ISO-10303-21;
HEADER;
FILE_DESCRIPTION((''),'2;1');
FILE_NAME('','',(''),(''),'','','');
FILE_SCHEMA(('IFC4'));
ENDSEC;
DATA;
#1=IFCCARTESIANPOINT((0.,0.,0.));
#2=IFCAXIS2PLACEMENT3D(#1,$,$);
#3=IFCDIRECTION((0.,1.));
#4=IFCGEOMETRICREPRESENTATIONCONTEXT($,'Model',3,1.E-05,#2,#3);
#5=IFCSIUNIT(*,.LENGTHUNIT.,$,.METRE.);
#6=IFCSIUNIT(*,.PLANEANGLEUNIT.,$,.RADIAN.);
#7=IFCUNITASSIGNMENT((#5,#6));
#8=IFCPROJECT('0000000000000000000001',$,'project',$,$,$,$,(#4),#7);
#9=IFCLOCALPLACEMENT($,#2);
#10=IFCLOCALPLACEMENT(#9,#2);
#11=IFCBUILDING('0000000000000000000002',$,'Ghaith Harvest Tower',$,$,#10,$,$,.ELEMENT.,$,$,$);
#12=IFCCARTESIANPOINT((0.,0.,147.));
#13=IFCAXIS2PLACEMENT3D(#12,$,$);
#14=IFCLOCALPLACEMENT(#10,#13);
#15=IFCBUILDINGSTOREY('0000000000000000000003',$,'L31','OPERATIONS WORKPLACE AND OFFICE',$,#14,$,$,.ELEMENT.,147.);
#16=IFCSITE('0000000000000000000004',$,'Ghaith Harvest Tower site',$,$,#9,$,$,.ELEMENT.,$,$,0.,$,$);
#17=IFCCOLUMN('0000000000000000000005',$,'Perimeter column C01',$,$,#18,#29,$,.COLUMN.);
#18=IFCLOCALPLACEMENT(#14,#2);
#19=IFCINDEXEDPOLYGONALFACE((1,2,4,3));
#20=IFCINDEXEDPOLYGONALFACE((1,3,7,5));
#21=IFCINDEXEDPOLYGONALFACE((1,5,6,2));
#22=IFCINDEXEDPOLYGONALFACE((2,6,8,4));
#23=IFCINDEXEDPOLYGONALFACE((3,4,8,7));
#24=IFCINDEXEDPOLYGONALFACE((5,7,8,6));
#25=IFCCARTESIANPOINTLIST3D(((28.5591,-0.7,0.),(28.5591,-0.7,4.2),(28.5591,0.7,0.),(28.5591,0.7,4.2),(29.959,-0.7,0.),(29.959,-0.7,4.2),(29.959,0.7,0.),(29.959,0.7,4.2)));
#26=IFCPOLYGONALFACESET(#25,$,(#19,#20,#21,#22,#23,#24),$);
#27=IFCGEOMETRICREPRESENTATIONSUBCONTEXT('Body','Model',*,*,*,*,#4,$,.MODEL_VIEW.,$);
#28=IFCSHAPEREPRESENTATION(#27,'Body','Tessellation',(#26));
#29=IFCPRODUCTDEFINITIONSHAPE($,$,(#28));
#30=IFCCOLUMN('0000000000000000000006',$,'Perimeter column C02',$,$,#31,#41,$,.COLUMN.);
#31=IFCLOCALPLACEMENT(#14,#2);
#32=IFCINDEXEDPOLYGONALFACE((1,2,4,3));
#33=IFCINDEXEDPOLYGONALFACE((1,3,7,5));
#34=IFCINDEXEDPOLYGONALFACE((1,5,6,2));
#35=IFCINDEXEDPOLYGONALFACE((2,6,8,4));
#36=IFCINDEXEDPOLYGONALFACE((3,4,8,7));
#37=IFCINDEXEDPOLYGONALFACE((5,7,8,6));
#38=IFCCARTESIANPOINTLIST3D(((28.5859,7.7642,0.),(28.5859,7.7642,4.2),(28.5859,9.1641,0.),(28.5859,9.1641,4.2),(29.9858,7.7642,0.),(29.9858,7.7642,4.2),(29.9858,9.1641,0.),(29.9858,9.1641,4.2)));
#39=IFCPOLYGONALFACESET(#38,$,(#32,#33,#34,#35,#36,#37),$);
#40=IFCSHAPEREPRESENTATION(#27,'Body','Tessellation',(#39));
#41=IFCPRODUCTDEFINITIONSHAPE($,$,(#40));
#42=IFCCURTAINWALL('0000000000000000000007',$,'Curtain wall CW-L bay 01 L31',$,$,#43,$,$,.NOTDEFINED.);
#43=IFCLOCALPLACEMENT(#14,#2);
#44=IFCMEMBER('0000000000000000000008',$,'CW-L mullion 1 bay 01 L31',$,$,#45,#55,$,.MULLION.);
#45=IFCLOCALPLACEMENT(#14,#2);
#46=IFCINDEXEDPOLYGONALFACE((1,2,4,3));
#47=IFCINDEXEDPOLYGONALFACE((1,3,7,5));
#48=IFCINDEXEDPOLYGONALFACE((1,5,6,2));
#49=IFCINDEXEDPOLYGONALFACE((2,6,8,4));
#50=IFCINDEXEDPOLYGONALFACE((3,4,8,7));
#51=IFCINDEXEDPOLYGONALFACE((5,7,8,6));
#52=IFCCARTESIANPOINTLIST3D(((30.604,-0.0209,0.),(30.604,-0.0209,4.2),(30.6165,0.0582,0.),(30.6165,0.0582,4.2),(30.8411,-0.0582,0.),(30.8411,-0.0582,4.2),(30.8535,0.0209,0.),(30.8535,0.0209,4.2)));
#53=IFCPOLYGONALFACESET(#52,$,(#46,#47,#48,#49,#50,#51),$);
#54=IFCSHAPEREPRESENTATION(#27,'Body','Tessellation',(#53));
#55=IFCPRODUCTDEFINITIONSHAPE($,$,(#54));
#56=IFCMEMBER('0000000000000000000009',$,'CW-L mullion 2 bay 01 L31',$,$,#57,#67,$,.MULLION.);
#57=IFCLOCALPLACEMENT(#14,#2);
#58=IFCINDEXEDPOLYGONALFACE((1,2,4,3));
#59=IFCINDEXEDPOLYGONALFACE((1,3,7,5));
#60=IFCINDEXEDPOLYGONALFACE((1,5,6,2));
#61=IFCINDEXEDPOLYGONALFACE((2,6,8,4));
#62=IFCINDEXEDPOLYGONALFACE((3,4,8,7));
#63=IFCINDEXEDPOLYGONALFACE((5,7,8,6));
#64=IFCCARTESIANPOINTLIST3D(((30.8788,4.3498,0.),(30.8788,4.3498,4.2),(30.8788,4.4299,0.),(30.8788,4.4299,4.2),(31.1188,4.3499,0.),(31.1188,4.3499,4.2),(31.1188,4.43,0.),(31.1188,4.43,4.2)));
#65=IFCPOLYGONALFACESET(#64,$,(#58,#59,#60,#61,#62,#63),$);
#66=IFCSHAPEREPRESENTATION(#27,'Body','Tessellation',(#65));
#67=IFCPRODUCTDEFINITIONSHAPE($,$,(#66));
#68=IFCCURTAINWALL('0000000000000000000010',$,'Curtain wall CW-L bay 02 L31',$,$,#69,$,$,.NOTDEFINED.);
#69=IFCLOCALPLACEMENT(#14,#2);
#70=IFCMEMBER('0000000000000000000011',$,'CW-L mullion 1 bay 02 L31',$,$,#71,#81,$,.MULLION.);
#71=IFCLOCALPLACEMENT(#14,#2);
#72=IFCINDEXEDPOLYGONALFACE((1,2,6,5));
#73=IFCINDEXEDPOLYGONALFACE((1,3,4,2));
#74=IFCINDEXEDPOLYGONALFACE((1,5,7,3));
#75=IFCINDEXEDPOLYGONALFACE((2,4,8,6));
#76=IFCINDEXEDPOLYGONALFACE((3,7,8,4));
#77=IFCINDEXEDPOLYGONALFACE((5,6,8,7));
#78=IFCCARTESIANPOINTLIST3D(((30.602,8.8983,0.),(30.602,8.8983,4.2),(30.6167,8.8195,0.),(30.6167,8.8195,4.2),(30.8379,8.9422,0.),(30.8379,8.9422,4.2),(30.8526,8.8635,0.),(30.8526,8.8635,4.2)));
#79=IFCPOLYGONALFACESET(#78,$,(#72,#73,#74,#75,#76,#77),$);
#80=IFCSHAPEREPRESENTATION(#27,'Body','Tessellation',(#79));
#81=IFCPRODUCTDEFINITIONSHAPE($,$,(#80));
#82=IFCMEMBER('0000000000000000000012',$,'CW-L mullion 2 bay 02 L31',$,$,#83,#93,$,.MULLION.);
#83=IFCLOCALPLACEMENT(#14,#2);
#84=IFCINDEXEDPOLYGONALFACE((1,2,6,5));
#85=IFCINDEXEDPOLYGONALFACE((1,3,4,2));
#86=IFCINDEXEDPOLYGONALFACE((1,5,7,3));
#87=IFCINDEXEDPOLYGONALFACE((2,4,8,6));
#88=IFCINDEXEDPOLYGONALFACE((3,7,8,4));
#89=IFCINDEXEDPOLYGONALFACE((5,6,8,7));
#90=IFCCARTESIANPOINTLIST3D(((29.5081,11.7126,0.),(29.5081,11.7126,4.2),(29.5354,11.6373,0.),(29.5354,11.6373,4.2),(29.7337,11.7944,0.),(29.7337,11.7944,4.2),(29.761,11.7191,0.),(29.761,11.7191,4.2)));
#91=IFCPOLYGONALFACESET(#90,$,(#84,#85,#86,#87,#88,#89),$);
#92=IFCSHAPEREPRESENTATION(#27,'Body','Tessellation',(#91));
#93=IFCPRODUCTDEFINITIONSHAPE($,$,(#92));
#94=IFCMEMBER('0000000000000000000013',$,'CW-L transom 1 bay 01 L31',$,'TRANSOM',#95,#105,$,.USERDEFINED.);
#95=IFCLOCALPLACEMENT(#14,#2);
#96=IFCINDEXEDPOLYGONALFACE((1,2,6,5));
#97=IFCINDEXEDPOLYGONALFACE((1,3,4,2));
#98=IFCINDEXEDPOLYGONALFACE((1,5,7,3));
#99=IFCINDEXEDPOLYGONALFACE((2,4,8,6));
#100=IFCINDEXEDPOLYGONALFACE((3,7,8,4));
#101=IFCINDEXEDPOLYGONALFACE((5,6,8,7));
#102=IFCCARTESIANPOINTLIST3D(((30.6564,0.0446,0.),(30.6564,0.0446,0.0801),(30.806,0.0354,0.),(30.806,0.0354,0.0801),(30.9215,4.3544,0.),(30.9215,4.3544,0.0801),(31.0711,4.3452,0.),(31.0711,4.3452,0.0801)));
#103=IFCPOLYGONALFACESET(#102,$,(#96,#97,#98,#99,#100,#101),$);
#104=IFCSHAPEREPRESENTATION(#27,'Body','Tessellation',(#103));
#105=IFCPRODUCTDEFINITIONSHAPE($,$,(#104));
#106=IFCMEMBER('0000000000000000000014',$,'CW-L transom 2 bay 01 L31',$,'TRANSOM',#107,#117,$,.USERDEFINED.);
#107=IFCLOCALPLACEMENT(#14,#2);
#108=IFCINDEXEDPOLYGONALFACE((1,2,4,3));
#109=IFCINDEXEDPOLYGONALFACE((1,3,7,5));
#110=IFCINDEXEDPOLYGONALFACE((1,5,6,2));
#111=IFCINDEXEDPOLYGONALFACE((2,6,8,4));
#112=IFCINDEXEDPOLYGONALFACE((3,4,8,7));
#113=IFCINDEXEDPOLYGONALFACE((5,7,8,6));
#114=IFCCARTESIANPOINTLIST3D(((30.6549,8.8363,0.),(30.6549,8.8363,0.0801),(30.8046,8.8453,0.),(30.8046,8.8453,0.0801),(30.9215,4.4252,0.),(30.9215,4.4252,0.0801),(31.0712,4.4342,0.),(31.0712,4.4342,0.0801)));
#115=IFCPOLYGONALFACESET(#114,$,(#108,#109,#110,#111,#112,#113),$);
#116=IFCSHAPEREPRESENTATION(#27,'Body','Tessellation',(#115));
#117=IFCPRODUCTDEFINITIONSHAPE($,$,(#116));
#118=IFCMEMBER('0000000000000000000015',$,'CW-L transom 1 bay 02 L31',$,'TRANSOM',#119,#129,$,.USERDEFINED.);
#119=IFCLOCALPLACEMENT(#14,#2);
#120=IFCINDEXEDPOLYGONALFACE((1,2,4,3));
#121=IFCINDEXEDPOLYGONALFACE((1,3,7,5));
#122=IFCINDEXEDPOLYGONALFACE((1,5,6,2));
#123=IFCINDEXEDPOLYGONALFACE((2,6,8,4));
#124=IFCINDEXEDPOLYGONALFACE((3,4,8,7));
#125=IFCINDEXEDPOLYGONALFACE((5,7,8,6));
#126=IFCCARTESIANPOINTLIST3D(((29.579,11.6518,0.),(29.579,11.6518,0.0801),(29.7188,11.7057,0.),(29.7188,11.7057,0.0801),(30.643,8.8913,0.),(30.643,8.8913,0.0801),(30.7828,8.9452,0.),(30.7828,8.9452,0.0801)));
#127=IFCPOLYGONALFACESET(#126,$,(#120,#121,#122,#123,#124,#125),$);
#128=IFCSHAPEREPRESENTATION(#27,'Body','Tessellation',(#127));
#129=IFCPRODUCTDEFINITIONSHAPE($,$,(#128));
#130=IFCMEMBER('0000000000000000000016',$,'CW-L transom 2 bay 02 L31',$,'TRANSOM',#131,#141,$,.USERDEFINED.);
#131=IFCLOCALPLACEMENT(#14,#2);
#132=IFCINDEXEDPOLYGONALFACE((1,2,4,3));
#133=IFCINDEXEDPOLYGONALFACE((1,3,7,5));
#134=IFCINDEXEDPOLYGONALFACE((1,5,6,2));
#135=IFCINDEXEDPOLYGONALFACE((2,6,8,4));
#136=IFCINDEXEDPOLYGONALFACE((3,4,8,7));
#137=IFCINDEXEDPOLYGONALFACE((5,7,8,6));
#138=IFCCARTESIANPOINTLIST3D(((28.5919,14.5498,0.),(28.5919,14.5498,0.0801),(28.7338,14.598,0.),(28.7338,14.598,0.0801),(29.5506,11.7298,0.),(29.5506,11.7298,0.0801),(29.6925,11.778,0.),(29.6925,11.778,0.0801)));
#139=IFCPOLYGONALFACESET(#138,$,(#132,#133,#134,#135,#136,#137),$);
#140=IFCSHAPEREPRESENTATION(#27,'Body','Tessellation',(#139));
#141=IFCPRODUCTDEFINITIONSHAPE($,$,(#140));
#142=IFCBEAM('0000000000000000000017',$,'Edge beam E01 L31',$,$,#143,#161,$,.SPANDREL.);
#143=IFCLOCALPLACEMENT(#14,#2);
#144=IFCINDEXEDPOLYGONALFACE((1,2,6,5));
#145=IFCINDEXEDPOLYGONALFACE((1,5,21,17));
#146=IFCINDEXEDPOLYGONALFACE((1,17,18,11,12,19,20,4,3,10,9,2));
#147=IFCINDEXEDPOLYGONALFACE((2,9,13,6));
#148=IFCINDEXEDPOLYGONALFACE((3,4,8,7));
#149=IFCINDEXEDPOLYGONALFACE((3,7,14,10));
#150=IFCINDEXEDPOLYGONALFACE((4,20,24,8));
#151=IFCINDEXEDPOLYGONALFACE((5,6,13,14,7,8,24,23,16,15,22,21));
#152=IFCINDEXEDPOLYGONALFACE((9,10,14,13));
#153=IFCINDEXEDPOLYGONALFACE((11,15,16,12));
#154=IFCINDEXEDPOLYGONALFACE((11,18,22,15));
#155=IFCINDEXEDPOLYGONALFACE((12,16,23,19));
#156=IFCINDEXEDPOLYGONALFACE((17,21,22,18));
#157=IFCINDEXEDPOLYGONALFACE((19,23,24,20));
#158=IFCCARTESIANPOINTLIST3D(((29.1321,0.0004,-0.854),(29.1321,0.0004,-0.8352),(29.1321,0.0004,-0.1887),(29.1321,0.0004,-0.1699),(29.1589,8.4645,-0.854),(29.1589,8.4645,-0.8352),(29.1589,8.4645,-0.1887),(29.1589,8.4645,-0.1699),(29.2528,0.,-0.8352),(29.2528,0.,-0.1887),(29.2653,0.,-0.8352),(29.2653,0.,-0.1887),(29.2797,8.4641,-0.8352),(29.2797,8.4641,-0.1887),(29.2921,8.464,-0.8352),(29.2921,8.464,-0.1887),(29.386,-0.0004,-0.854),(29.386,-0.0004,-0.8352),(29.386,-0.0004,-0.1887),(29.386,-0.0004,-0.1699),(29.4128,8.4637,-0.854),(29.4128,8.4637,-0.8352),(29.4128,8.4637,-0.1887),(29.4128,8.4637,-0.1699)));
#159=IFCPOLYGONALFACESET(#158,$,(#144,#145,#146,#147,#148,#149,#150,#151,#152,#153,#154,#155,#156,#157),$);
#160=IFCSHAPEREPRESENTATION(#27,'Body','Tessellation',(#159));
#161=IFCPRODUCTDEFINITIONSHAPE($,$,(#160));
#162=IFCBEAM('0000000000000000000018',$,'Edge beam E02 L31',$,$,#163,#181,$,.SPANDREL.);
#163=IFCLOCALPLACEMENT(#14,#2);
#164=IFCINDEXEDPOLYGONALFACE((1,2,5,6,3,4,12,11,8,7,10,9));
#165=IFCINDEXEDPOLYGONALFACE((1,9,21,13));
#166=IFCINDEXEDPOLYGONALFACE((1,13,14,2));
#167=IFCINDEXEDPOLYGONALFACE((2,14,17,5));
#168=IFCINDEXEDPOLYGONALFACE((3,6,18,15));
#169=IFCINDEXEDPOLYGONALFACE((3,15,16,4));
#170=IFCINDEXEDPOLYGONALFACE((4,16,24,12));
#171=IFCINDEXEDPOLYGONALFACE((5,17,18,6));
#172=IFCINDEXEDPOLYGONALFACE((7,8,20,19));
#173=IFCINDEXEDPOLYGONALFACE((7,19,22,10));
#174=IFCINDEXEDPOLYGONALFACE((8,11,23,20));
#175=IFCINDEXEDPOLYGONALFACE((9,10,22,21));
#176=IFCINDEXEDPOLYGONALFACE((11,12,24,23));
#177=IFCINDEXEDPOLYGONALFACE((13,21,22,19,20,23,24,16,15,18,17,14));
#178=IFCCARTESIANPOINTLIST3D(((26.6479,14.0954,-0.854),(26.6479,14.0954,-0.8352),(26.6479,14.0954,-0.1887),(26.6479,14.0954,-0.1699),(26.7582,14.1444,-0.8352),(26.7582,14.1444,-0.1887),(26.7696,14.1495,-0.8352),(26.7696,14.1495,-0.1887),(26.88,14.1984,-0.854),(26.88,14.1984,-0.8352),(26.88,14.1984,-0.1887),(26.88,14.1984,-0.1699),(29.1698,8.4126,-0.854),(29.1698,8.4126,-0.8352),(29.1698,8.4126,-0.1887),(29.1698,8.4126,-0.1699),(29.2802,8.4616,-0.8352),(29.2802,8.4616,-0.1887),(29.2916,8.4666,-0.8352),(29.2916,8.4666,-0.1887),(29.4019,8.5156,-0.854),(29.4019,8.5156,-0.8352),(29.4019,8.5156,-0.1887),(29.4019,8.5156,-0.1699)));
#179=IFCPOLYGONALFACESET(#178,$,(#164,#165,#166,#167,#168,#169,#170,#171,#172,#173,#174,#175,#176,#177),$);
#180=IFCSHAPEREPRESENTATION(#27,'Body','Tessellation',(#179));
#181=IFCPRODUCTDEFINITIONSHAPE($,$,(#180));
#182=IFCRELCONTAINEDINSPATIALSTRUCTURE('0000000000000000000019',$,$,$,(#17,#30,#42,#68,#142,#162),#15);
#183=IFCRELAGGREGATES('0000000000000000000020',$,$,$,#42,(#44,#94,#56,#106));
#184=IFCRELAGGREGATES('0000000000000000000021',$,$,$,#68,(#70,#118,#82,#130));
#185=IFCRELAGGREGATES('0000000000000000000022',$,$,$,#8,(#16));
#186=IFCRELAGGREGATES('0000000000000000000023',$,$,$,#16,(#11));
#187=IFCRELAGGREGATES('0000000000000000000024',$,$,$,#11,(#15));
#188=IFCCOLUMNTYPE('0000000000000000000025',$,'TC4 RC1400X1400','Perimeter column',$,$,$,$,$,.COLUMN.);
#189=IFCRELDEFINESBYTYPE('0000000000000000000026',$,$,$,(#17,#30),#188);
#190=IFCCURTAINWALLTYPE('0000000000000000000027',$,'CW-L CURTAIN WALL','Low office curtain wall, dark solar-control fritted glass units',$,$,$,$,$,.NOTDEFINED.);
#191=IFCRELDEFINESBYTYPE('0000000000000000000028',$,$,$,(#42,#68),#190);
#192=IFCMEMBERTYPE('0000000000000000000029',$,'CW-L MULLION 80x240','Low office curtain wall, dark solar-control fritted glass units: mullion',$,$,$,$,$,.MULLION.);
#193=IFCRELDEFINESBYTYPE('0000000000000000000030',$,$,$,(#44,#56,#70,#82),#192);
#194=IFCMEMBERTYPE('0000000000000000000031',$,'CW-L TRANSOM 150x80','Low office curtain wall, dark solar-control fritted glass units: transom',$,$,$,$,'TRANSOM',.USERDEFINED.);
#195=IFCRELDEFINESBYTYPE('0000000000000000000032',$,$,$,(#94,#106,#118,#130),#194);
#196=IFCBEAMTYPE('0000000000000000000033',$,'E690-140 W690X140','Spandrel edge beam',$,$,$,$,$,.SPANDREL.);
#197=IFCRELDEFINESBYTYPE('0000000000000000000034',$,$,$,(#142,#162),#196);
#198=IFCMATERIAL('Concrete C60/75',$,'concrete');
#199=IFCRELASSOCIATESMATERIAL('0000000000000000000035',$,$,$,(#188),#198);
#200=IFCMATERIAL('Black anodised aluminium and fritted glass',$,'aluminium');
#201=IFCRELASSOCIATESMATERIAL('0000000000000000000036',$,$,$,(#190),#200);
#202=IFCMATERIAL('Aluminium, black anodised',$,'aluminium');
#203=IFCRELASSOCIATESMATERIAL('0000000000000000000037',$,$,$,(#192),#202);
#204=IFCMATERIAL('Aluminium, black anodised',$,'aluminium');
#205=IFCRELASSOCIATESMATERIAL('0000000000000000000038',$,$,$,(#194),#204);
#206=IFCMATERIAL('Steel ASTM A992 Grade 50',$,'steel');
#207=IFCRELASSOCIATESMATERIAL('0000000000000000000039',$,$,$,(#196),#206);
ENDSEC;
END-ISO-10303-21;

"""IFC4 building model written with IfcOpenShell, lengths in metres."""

from ifc_helpers import new_model, si_unit, direction, frame, origin, origin_2d, place, context, subcontext, project, spatial, rectangle, i_section, extrude, material, material_profile, profile_set, type_object, element, aggregate, save


model = new_model("IFC4")

# Units and contexts
model_context = context("Model", 3, precision=1e-05, world=origin(), true_north=direction((0.0, 1.0)))
body_context = subcontext(model_context, "Body", "Model", "MODEL_VIEW")
ifc_project = project(units=[si_unit("LENGTHUNIT", "METRE"), si_unit("PLANEANGLEUNIT", "RADIAN")], contexts=[model_context])

# Site, building, storey
site_placement = place(None, origin())
site = spatial("IfcSite", under=ifc_project, at=site_placement, Name="Ghaith Harvest Tower site", CompositionType="ELEMENT", RefElevation=0.0)
building_placement = place(site_placement, origin())
building = spatial("IfcBuilding", under=site, at=building_placement, Name="Ghaith Harvest Tower", CompositionType="ELEMENT")
storey_placement = place(building_placement, frame((0.0, 0.0, 147.0)))
storey = spatial("IfcBuildingStorey", under=building, at=storey_placement, Name="L31", Description="OPERATIONS WORKPLACE AND OFFICE", CompositionType="ELEMENT", Elevation=147.0)

# Columns
ifc_material_1 = material(Name="Concrete C60/75", Category="concrete")
ifc_material_profile_1 = material_profile(ifc_material_1, rectangle(XDim=1.3999, YDim=1.3999, at=origin_2d()), Name="RC1400X1400")
ifc_profile_set_1 = profile_set([ifc_material_profile_1], Name="Concrete C60/75")
column_type = type_object("IfcColumnType", Name="TC4 RC1400X1400", Description="Perimeter column", PredefinedType="COLUMN", material=ifc_profile_set_1)
for number, where, z_axis, x_axis, name in (
    (1, (29.259, 0.0, 0.0), (0.0, 0.0, 1.0), (1.0, 0.0, 0.0), "Perimeter column C01"),
    (2, (29.2859, 8.4641, 0.0), (0.0, 0.0, 1.0), (1.0, 0.0, 0.0), "Perimeter column C02"),
):
    element("IfcColumn", number, at=place(storey_placement, frame(where, z_axis=z_axis, x_axis=x_axis)), inside=storey, type_object=column_type, Name=name, PredefinedType="COLUMN", context=body_context, shape_type="SweptSolid", body=[
        extrude(rectangle(XDim=1.3999, YDim=1.3999, at=origin_2d()), origin(), (0.0, 0.0, 1.0), 4.2),
    ])

# Curtain walls, members
ifc_material_2 = material(Name="Black anodised aluminium and fritted glass", Category="aluminium")
curtain_wall_type = type_object("IfcCurtainWallType", Name="CW-L CURTAIN WALL", Description="Low office curtain wall, dark solar-control fritted glass units", PredefinedType="NOTDEFINED", material=ifc_material_2)
curtain_wall_1_placement = place(storey_placement, origin())
curtain_wall_1 = element("IfcCurtainWall", 3, at=curtain_wall_1_placement, inside=storey, type_object=curtain_wall_type, Name="Curtain wall CW-L bay 01 L31", PredefinedType="NOTDEFINED")
ifc_material_3 = material(Name="Aluminium, black anodised", Category="aluminium")
ifc_material_profile_2 = material_profile(ifc_material_3, rectangle(XDim=0.0801, YDim=0.24, at=origin_2d()), Name="CW-L MULLION 80x240")
ifc_profile_set_2 = profile_set([ifc_material_profile_2], Name="Aluminium, black anodised")
member_type_1 = type_object("IfcMemberType", Name="CW-L MULLION 80x240", Description="Low office curtain wall, dark solar-control fritted glass units: mullion", PredefinedType="MULLION", material=ifc_profile_set_2)
member_1_placement = place(storey_placement, frame((30.7288, 0.0, 0.0), z_axis=(0.0, 0.0, 1.0), x_axis=(0.155597, 0.987821, 0.0)))
member_1 = element("IfcMember", 4, at=member_1_placement, type_object=member_type_1, Name="CW-L mullion 1 bay 01 L31", PredefinedType="MULLION", context=body_context, shape_type="SweptSolid", body=[
    extrude(rectangle(XDim=0.0801, YDim=0.24, at=origin_2d()), origin(), (0.0, 0.0, 1.0), 4.2),
])
member_2_placement = place(storey_placement, frame((30.9988, 4.3899, 0.0), z_axis=(0.0, 0.0, 1.0), x_axis=(-0.000162, 1.0, 0.0)))
member_2 = element("IfcMember", 5, at=member_2_placement, type_object=member_type_1, Name="CW-L mullion 2 bay 01 L31", PredefinedType="MULLION", context=body_context, shape_type="SweptSolid", body=[
    extrude(rectangle(XDim=0.0801, YDim=0.24, at=origin_2d()), origin(), (0.0, 0.0, 1.0), 4.2),
])
curtain_wall_2_placement = place(storey_placement, origin())
curtain_wall_2 = element("IfcCurtainWall", 6, at=curtain_wall_2_placement, inside=storey, type_object=curtain_wall_type, Name="Curtain wall CW-L bay 02 L31", PredefinedType="NOTDEFINED")
member_3_placement = place(storey_placement, frame((30.7273, 8.8809, 0.0), z_axis=(0.0, 0.0, 1.0), x_axis=(-0.18307, 0.9831, 0.0)))
member_3 = element("IfcMember", 7, at=member_3_placement, type_object=member_type_1, Name="CW-L mullion 1 bay 02 L31", PredefinedType="MULLION", context=body_context, shape_type="SweptSolid", body=[
    extrude(rectangle(XDim=0.0801, YDim=0.24, at=origin_2d()), origin(), (0.0, 0.0, 1.0), 4.2),
])
member_4_placement = place(storey_placement, frame((29.6345, 11.7158, 0.0), z_axis=(0.0, 0.0, 1.0), x_axis=(-0.340771, 0.940146, 0.0)))
member_4 = element("IfcMember", 8, at=member_4_placement, type_object=member_type_1, Name="CW-L mullion 2 bay 02 L31", PredefinedType="MULLION", context=body_context, shape_type="SweptSolid", body=[
    extrude(rectangle(XDim=0.0801, YDim=0.24, at=origin_2d()), origin(), (0.0, 0.0, 1.0), 4.2),
])

# Members
ifc_material_4 = material(Name="Aluminium, black anodised", Category="aluminium")
ifc_material_profile_3 = material_profile(ifc_material_4, rectangle(XDim=0.1499, YDim=0.0801, at=origin_2d()), Name="CW-L TRANSOM 150x80")
ifc_profile_set_3 = profile_set([ifc_material_profile_3], Name="Aluminium, black anodised")
member_type_2 = type_object("IfcMemberType", Name="CW-L TRANSOM 150x80", Description="Low office curtain wall, dark solar-control fritted glass units: transom", ElementType="TRANSOM", PredefinedType="USERDEFINED", material=ifc_profile_set_3)
member_5_placement = place(storey_placement, frame((30.7312, 0.04, 0.04), z_axis=(0.061403, 0.998113, 0.0), x_axis=(-0.998113, 0.061403, 0.0)))
member_5 = element("IfcMember", 9, at=member_5_placement, type_object=member_type_2, Name="CW-L transom 1 bay 01 L31", ObjectType="TRANSOM", PredefinedType="USERDEFINED", context=body_context, shape_type="SweptSolid", body=[
    extrude(rectangle(XDim=0.1499, YDim=0.0801, at=origin_2d()), origin(), (0.0, 0.0, 1.0), 4.3179),
])
member_6_placement = place(storey_placement, frame((30.9963, 4.4297, 0.04), z_axis=(-0.060328, 0.998179, 0.0), x_axis=(-0.998179, -0.060328, 0.0)))
member_6 = element("IfcMember", 10, at=member_6_placement, type_object=member_type_2, Name="CW-L transom 2 bay 01 L31", ObjectType="TRANSOM", PredefinedType="USERDEFINED", context=body_context, shape_type="SweptSolid", body=[
    extrude(rectangle(XDim=0.1499, YDim=0.0801, at=origin_2d()), origin(), (0.0, 0.0, 1.0), 4.4192),
])
member_7_placement = place(storey_placement, frame((30.7129, 8.9182, 0.04), z_axis=(-0.359637, 0.933092, 0.0), x_axis=(-0.933092, -0.359637, 0.0)))
member_7 = element("IfcMember", 11, at=member_7_placement, type_object=member_type_2, Name="CW-L transom 1 bay 02 L31", ObjectType="TRANSOM", PredefinedType="USERDEFINED", context=body_context, shape_type="SweptSolid", body=[
    extrude(rectangle(XDim=0.1499, YDim=0.0801, at=origin_2d()), origin(), (0.0, 0.0, 1.0), 2.9585),
])
member_8_placement = place(storey_placement, frame((29.6216, 11.7539, 0.04), z_axis=(-0.321878, 0.946781, 0.0), x_axis=(-0.946781, -0.321878, 0.0)))
member_8 = element("IfcMember", 12, at=member_8_placement, type_object=member_type_2, Name="CW-L transom 2 bay 02 L31", ObjectType="TRANSOM", PredefinedType="USERDEFINED", context=body_context, shape_type="SweptSolid", body=[
    extrude(rectangle(XDim=0.1499, YDim=0.0801, at=origin_2d()), origin(), (0.0, 0.0, 1.0), 2.9785),
])

# Beams
ifc_material_5 = material(Name="Steel ASTM A992 Grade 50", Category="steel")
ifc_material_profile_4 = material_profile(ifc_material_5, i_section(OverallWidth=0.2539, OverallDepth=0.6841, WebThickness=0.0125, FlangeThickness=0.0188, at=origin_2d()), Name="W690X140")
ifc_profile_set_4 = profile_set([ifc_material_profile_4], Name="Steel ASTM A992 Grade 50")
beam_type = type_object("IfcBeamType", Name="E690-140 W690X140", Description="Spandrel edge beam", PredefinedType="SPANDREL", material=ifc_profile_set_4)
beam_1_placement = place(storey_placement, frame((29.259, 0.0, -0.512), z_axis=(0.003173, 0.999995, 0.0), x_axis=(-0.999995, 0.003173, 0.0)))
element("IfcBeam", 13, at=beam_1_placement, inside=storey, type_object=beam_type, Name="Edge beam E01 L31", PredefinedType="SPANDREL", context=body_context, shape_type="SweptSolid", body=[
    extrude(i_section(OverallWidth=0.2539, OverallDepth=0.6841, WebThickness=0.0125, FlangeThickness=0.0188, at=origin_2d()), origin(), (0.0, 0.0, 1.0), 8.4641),
])
beam_2_placement = place(storey_placement, frame((29.2859, 8.4641, -0.512), z_axis=(-0.405636, 0.914035, 0.0), x_axis=(-0.914035, -0.405636, 0.0)))
element("IfcBeam", 14, at=beam_2_placement, inside=storey, type_object=beam_type, Name="Edge beam E02 L31", PredefinedType="SPANDREL", context=body_context, shape_type="SweptSolid", body=[
    extrude(i_section(OverallWidth=0.2539, OverallDepth=0.6841, WebThickness=0.0125, FlangeThickness=0.0188, at=origin_2d()), origin(), (0.0, 0.0, 1.0), 6.2173),
])

aggregate(curtain_wall_1, [member_1, member_5, member_2, member_6])
aggregate(curtain_wall_2, [member_3, member_7, member_4, member_8])

save(model, "model.ifc")
